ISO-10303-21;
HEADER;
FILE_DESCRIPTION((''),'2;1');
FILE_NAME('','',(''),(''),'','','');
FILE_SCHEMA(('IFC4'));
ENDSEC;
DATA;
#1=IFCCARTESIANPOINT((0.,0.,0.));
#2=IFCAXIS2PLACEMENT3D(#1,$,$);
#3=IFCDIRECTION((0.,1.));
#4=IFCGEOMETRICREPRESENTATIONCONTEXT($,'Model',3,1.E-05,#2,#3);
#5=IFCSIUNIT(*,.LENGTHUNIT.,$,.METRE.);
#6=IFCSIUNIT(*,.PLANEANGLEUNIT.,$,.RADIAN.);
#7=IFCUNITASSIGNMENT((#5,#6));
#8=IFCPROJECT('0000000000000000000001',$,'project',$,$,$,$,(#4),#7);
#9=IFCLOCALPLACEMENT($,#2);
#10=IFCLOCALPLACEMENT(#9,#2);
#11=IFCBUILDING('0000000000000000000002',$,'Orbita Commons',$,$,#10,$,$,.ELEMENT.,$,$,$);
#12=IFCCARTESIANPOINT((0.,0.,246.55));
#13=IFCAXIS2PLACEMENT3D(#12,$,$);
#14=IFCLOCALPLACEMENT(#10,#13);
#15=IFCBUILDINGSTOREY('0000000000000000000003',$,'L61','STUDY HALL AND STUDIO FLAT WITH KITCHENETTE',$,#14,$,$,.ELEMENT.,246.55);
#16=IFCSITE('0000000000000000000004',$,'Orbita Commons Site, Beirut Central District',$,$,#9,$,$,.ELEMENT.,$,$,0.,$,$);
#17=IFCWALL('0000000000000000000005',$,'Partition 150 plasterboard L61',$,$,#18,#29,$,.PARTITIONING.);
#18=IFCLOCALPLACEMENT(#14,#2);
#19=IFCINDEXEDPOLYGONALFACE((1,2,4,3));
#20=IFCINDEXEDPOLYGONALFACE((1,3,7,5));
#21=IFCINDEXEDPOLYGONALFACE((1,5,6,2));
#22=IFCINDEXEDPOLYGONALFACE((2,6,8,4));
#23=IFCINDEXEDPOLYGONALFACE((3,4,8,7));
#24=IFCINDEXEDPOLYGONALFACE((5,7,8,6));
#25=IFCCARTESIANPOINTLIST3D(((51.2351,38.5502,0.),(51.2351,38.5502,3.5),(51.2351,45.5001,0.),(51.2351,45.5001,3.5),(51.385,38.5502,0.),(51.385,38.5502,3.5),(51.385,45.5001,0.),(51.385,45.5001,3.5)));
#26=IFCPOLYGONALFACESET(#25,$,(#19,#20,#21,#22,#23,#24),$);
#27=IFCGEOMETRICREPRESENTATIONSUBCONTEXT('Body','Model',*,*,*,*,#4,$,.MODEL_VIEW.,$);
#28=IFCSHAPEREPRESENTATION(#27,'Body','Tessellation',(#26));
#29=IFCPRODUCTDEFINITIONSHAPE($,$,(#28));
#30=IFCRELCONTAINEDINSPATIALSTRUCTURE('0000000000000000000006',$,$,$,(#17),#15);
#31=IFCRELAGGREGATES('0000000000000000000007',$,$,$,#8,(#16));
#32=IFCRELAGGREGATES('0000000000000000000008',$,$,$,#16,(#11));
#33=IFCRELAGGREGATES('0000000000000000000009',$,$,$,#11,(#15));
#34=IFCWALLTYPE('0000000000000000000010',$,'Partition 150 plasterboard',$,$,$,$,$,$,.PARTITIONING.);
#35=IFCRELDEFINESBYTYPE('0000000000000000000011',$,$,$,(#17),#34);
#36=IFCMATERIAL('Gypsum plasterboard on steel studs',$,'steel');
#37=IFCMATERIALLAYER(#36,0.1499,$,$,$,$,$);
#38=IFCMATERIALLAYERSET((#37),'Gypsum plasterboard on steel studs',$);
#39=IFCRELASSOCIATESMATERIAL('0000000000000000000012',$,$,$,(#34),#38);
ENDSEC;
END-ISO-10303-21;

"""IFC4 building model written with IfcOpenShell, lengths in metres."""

from ifc_helpers import new_model, si_unit, direction, frame, frame_2d, origin, place, context, subcontext, project, spatial, rectangle, extrude, material, layer, layer_set, type_object, element, save


model = new_model("IFC4")

# Units and contexts
model_context = context("Model", 3, precision=1e-05, world=origin(), true_north=direction((0.0, 1.0)))
body_context = subcontext(model_context, "Body", "Model", "MODEL_VIEW")
ifc_project = project(units=[si_unit("LENGTHUNIT", "METRE"), si_unit("PLANEANGLEUNIT", "RADIAN")], contexts=[model_context])

# Site, building, storey
site_placement = place(None, origin())
site = spatial("IfcSite", under=ifc_project, at=site_placement, Name="Orbita Commons Site, Beirut Central District", CompositionType="ELEMENT", RefElevation=0.0)
building_placement = place(site_placement, origin())
building = spatial("IfcBuilding", under=site, at=building_placement, Name="Orbita Commons", CompositionType="ELEMENT")
storey_placement = place(building_placement, frame((0.0, 0.0, 246.55)))
storey = spatial("IfcBuildingStorey", under=building, at=storey_placement, Name="L61", Description="STUDY HALL AND STUDIO FLAT WITH KITCHENETTE", CompositionType="ELEMENT", Elevation=246.55)

# Wall
ifc_material_1 = material(Name="Gypsum plasterboard on steel studs", Category="steel")
ifc_layer_1 = layer(ifc_material_1, 0.1499)
ifc_layer_set_1 = layer_set([ifc_layer_1], Name="Gypsum plasterboard on steel studs")
wall_type_1 = type_object("IfcWallType", Name="Partition 150 plasterboard", PredefinedType="PARTITIONING", material=ifc_layer_set_1)
wall_1_placement = place(storey_placement, frame((51.3101, 38.55, 0.0), z_axis=(0.0, 0.0, 1.0), x_axis=(0.0, 1.0, 0.0)))
element("IfcWall", 1, at=wall_1_placement, inside=storey, type_object=wall_type_1, Name="Partition 150 plasterboard L61", PredefinedType="PARTITIONING", context=body_context, shape_type="SweptSolid", body=[
    extrude(rectangle(XDim=6.95, YDim=0.1499, at=frame_2d((3.4751, 0.0))), origin(), (0.0, 0.0, 1.0), 3.5),
])

save(model, "model.ifc")
